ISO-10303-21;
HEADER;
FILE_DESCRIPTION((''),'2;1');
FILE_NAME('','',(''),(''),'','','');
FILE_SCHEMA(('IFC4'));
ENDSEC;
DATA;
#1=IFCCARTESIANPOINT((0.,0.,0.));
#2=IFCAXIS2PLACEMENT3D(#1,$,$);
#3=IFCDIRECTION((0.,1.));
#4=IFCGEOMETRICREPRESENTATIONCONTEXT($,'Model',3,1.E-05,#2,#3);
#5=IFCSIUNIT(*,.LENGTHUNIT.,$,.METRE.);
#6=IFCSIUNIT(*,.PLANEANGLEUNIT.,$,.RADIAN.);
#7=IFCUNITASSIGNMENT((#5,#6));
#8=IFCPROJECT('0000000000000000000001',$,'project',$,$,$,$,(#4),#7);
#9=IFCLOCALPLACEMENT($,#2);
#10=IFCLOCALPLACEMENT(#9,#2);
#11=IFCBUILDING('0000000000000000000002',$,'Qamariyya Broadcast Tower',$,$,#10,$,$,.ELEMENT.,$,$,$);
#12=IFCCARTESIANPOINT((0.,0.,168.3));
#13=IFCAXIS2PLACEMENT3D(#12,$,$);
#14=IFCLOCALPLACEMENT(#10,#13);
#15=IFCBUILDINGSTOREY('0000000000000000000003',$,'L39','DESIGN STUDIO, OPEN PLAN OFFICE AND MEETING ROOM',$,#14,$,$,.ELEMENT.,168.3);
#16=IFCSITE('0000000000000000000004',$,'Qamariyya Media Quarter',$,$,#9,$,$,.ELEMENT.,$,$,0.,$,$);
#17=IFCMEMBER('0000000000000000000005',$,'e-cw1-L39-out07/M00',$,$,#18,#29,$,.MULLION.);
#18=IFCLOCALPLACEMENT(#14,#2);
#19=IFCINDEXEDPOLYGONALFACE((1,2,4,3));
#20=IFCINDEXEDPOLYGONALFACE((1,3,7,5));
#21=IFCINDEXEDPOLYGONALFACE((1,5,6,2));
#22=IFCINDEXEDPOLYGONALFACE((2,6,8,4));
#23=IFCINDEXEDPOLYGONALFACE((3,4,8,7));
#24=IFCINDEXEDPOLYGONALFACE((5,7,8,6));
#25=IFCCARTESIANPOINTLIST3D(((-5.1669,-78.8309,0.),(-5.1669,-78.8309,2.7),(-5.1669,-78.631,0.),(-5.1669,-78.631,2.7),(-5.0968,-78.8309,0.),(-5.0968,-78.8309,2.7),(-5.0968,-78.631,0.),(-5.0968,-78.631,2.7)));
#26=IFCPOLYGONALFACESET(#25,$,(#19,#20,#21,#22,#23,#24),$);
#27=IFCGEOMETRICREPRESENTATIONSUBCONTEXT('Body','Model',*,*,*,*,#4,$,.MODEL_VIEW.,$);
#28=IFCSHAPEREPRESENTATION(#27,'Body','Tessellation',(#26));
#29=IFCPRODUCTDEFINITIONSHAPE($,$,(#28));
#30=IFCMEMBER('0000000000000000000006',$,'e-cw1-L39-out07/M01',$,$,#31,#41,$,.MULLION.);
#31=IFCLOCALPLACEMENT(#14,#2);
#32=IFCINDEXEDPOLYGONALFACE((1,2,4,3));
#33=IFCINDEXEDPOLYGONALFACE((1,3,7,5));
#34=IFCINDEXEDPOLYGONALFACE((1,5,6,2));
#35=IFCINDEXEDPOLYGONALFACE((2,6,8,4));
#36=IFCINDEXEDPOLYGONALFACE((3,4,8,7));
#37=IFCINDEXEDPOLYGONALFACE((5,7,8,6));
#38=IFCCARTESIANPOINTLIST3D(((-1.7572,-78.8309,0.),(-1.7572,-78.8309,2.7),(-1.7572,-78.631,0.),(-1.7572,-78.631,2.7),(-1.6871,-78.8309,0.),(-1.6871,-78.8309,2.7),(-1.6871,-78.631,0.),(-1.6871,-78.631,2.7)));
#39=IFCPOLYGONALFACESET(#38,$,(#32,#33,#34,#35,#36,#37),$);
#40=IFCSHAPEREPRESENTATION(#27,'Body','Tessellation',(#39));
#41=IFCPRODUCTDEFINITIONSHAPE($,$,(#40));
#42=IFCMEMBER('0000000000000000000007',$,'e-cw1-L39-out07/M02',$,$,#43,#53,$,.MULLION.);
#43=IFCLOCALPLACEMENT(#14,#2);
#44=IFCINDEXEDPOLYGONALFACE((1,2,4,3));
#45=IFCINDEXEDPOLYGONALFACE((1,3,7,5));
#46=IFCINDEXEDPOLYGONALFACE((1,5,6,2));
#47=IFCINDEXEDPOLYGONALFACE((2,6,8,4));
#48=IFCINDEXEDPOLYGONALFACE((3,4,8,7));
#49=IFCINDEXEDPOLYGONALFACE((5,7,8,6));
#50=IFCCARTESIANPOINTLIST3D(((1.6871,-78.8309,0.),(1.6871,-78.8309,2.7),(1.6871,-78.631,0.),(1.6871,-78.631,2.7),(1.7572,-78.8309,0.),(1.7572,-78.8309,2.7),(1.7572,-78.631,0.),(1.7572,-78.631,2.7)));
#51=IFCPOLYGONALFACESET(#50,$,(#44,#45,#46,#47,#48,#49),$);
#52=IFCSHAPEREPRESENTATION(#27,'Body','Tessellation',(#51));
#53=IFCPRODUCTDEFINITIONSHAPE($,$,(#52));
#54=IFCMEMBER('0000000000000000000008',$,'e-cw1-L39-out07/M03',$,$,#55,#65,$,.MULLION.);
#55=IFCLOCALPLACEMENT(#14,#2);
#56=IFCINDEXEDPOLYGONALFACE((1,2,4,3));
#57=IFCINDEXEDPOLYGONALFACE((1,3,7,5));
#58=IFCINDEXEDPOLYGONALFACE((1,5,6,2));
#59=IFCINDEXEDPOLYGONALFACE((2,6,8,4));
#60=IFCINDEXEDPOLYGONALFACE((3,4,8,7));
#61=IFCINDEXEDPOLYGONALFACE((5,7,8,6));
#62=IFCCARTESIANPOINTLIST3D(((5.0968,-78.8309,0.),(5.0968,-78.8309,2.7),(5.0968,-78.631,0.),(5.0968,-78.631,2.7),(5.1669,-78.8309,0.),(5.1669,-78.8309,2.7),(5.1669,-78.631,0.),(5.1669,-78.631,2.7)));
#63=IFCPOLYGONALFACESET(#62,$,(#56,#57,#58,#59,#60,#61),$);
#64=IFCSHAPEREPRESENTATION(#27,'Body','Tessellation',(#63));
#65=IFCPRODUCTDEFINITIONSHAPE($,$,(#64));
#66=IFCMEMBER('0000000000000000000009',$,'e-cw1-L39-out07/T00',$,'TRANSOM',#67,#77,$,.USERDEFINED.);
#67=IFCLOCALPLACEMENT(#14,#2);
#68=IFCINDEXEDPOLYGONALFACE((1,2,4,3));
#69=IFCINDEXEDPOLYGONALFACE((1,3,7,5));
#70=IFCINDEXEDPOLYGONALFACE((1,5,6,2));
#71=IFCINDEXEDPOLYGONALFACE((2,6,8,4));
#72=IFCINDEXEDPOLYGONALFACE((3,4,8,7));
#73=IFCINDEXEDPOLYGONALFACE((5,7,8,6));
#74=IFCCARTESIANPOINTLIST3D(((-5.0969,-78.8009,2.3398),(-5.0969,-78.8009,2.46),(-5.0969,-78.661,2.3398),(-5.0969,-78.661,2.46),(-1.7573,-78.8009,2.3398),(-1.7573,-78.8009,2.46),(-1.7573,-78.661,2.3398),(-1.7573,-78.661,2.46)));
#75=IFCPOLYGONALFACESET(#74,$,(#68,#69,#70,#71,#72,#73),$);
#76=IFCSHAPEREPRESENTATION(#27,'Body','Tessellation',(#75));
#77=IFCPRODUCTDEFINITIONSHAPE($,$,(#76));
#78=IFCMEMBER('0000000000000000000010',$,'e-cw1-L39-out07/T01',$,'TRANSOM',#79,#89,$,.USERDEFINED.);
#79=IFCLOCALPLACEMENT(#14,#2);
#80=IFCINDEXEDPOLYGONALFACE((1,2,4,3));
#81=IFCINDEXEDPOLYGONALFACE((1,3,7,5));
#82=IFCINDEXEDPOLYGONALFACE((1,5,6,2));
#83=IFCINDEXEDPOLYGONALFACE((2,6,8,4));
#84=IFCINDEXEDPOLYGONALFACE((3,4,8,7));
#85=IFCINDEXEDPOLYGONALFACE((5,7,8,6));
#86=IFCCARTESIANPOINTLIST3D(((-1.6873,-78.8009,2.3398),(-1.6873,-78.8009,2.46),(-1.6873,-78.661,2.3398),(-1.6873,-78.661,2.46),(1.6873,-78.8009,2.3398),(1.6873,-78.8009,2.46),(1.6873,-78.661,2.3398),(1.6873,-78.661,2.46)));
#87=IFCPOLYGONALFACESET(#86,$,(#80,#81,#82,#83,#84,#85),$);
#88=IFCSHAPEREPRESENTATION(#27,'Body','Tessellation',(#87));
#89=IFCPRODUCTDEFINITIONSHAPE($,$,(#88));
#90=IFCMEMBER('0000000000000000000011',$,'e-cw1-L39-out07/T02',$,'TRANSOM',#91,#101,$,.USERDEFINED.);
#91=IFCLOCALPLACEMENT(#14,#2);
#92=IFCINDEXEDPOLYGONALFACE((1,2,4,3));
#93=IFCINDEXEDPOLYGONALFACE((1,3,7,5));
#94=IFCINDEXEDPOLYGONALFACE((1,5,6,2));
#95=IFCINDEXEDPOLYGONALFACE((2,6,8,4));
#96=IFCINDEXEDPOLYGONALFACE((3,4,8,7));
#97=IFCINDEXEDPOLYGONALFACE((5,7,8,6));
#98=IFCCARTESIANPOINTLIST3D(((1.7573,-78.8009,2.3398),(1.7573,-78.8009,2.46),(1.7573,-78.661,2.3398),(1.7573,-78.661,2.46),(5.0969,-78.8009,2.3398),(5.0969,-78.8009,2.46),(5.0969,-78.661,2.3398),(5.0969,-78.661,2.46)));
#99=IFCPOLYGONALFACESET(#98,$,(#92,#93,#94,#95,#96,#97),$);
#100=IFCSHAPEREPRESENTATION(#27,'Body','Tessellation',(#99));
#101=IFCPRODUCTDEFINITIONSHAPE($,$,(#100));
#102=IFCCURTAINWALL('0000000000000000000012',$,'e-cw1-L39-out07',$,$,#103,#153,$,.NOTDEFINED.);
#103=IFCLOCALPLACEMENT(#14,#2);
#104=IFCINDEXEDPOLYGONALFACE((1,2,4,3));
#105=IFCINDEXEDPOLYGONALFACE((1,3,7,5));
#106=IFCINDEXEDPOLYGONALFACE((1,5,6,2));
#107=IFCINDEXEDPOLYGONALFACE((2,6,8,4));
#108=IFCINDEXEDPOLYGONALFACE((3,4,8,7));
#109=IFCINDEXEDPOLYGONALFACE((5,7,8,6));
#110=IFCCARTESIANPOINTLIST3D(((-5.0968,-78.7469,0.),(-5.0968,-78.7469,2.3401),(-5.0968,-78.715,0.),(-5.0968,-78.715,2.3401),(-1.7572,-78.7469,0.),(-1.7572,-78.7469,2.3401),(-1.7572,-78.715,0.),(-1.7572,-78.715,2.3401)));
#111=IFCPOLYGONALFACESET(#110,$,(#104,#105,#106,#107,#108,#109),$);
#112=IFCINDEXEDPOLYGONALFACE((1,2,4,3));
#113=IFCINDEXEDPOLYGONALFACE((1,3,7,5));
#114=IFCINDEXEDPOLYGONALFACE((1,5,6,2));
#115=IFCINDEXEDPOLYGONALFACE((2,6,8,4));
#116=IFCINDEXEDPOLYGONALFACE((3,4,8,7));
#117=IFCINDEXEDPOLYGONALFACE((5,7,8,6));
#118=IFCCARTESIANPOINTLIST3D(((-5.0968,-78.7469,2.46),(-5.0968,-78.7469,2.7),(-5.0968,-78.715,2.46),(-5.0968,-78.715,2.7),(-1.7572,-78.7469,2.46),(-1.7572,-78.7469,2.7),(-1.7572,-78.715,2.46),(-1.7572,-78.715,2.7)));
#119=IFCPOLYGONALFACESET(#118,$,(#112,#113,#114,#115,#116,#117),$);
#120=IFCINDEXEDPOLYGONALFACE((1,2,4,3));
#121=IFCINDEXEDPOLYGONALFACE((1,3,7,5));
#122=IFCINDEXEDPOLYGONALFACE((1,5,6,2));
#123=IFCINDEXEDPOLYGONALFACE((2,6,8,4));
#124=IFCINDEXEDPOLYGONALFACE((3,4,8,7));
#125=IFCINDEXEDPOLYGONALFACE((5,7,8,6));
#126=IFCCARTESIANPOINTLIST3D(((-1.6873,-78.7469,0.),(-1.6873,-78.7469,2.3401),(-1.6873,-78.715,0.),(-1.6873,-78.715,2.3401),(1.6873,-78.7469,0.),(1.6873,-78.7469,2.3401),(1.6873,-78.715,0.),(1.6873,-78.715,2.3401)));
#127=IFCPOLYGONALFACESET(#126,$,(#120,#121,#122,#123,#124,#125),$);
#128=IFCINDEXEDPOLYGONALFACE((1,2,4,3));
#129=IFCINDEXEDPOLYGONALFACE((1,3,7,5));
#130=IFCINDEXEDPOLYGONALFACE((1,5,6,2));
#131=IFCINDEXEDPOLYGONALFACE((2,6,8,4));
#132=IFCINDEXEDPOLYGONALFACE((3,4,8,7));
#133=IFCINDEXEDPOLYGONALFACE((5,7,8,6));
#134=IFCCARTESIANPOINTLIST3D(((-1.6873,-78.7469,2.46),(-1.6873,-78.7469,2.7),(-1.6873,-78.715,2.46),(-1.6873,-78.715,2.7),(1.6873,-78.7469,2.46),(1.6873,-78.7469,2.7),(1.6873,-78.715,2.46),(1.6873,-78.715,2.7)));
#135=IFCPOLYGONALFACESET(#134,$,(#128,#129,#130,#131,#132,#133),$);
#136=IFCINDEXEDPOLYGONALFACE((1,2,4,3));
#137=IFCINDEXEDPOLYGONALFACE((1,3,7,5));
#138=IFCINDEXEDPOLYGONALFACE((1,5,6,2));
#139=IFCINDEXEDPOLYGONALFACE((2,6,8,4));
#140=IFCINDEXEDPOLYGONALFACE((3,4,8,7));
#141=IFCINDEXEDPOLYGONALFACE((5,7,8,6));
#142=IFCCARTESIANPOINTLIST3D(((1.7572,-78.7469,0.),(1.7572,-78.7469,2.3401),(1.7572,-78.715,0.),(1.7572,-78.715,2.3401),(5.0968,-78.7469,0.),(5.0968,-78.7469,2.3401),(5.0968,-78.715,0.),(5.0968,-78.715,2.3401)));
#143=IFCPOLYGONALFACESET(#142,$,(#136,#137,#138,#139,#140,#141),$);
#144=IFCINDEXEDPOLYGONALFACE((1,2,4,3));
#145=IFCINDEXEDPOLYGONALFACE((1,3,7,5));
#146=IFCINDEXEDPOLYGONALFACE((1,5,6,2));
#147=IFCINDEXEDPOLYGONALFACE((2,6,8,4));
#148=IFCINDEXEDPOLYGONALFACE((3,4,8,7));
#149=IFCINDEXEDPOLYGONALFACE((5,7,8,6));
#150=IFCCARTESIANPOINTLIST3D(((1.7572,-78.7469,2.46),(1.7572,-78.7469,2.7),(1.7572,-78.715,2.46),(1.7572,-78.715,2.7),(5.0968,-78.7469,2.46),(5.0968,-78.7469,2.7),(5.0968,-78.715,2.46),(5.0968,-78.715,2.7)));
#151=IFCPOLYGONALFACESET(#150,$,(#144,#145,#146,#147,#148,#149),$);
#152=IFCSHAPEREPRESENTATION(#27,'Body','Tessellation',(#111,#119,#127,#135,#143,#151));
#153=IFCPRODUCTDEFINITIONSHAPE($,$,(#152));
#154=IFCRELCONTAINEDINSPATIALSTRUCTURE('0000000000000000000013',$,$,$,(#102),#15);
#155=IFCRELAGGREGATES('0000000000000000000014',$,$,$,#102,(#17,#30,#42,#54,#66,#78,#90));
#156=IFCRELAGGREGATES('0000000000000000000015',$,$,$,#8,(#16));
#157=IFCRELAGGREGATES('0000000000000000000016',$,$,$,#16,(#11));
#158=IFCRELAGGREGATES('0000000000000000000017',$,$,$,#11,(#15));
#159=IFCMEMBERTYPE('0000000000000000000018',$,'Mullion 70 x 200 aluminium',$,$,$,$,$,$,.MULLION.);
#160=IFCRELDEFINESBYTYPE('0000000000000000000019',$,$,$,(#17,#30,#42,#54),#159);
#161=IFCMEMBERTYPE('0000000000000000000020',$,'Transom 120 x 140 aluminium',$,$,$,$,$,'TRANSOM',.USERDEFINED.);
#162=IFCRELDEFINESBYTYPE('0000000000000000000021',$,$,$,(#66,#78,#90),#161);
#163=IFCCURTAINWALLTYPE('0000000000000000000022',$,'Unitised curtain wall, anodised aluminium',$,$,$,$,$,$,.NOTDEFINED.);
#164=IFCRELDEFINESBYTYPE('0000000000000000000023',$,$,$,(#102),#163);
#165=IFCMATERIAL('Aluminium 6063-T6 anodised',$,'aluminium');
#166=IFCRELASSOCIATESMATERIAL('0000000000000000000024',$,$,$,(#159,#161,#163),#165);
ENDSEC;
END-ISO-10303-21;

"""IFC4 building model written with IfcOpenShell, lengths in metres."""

from ifc_helpers import new_model, si_unit, direction, frame, origin, origin_2d, place, context, subcontext, project, spatial, rectangle, extrude, material, material_profile, profile_set, type_object, element, aggregate, save


model = new_model("IFC4")

# Units and contexts
model_context = context("Model", 3, precision=1e-05, world=origin(), true_north=direction((0.0, 1.0)))
body_context = subcontext(model_context, "Body", "Model", "MODEL_VIEW")
ifc_project = project(units=[si_unit("LENGTHUNIT", "METRE"), si_unit("PLANEANGLEUNIT", "RADIAN")], contexts=[model_context])

# Members
ifc_material = material(Name="Aluminium 6063-T6 anodised", Category="aluminium")
ifc_material_profile_1 = material_profile(ifc_material, rectangle(XDim=0.2, YDim=0.0701, at=origin_2d()))
ifc_profile_set_1 = profile_set([ifc_material_profile_1], Name="Aluminium 6063-T6 anodised")
member_type_1 = type_object("IfcMemberType", Name="Mullion 70 x 200 aluminium", PredefinedType="MULLION", material=ifc_profile_set_1)
site_placement = place(None, origin())
building_placement = place(site_placement, origin())
storey_placement = place(building_placement, frame((0.0, 0.0, 168.3)))
member_1_placement = place(storey_placement, frame((-5.1318, -78.731, 0.0), z_axis=(0.0, 0.0, 1.0), x_axis=(0.0, 1.0, 0.0)))
member_1 = element("IfcMember", 1, at=member_1_placement, type_object=member_type_1, Name="e-cw1-L39-out07/M00", PredefinedType="MULLION", context=body_context, shape_type="SweptSolid", body=[
    extrude(rectangle(XDim=0.2, YDim=0.0701, at=origin_2d()), origin(), (0.0, 0.0, 1.0), 2.7),
])
member_2_placement = place(storey_placement, frame((-1.7222, -78.731, 0.0), z_axis=(0.0, 0.0, 1.0), x_axis=(0.0, 1.0, 0.0)))
member_2 = element("IfcMember", 2, at=member_2_placement, type_object=member_type_1, Name="e-cw1-L39-out07/M01", PredefinedType="MULLION", context=body_context, shape_type="SweptSolid", body=[
    extrude(rectangle(XDim=0.2, YDim=0.0701, at=origin_2d()), origin(), (0.0, 0.0, 1.0), 2.7),
])
member_3_placement = place(storey_placement, frame((1.7222, -78.731, 0.0), z_axis=(0.0, 0.0, 1.0), x_axis=(0.0, 1.0, 0.0)))
member_3 = element("IfcMember", 3, at=member_3_placement, type_object=member_type_1, Name="e-cw1-L39-out07/M02", PredefinedType="MULLION", context=body_context, shape_type="SweptSolid", body=[
    extrude(rectangle(XDim=0.2, YDim=0.0701, at=origin_2d()), origin(), (0.0, 0.0, 1.0), 2.7),
])
member_4_placement = place(storey_placement, frame((5.1318, -78.731, 0.0), z_axis=(0.0, 0.0, 1.0), x_axis=(0.0, 1.0, 0.0)))
member_4 = element("IfcMember", 4, at=member_4_placement, type_object=member_type_1, Name="e-cw1-L39-out07/M03", PredefinedType="MULLION", context=body_context, shape_type="SweptSolid", body=[
    extrude(rectangle(XDim=0.2, YDim=0.0701, at=origin_2d()), origin(), (0.0, 0.0, 1.0), 2.7),
])
ifc_material_profile_2 = material_profile(ifc_material, rectangle(XDim=0.1399, YDim=0.1201, at=origin_2d()))
ifc_profile_set_2 = profile_set([ifc_material_profile_2], Name="Aluminium 6063-T6 anodised")
member_type_2 = type_object("IfcMemberType", Name="Transom 120 x 140 aluminium", ElementType="TRANSOM", PredefinedType="USERDEFINED", material=ifc_profile_set_2)
member_5_placement = place(storey_placement, frame((-5.0969, -78.731, 2.3999), z_axis=(1.0, 0.0, 0.0), x_axis=(0.0, 1.0, 0.0)))
member_5 = element("IfcMember", 5, at=member_5_placement, type_object=member_type_2, Name="e-cw1-L39-out07/T00", ObjectType="TRANSOM", PredefinedType="USERDEFINED", context=body_context, shape_type="SweptSolid", body=[
    extrude(rectangle(XDim=0.1399, YDim=0.1201, at=origin_2d()), origin(), (0.0, 0.0, 1.0), 3.3396),
])
member_6_placement = place(storey_placement, frame((-1.6873, -78.731, 2.3999), z_axis=(1.0, 0.0, 0.0), x_axis=(0.0, 1.0, 0.0)))
member_6 = element("IfcMember", 6, at=member_6_placement, type_object=member_type_2, Name="e-cw1-L39-out07/T01", ObjectType="TRANSOM", PredefinedType="USERDEFINED", context=body_context, shape_type="SweptSolid", body=[
    extrude(rectangle(XDim=0.1399, YDim=0.1201, at=origin_2d()), origin(), (0.0, 0.0, 1.0), 3.3745),
])
member_7_placement = place(storey_placement, frame((1.7573, -78.731, 2.3999), z_axis=(1.0, 0.0, 0.0), x_axis=(0.0, 1.0, 0.0)))
member_7 = element("IfcMember", 7, at=member_7_placement, type_object=member_type_2, Name="e-cw1-L39-out07/T02", ObjectType="TRANSOM", PredefinedType="USERDEFINED", context=body_context, shape_type="SweptSolid", body=[
    extrude(rectangle(XDim=0.1399, YDim=0.1201, at=origin_2d()), origin(), (0.0, 0.0, 1.0), 3.3396),
])

# Site, building, storey
site = spatial("IfcSite", under=ifc_project, at=site_placement, Name="Qamariyya Media Quarter", CompositionType="ELEMENT", RefElevation=0.0)
building = spatial("IfcBuilding", under=site, at=building_placement, Name="Qamariyya Broadcast Tower", CompositionType="ELEMENT")
storey = spatial("IfcBuildingStorey", under=building, at=storey_placement, Name="L39", Description="DESIGN STUDIO, OPEN PLAN OFFICE AND MEETING ROOM", CompositionType="ELEMENT", Elevation=168.3)

# Curtain wall
curtain_wall_type = type_object("IfcCurtainWallType", Name="Unitised curtain wall, anodised aluminium", PredefinedType="NOTDEFINED", material=ifc_material)
curtain_wall_1_placement = place(storey_placement, origin())
curtain_wall_1 = element("IfcCurtainWall", 8, at=curtain_wall_1_placement, inside=storey, type_object=curtain_wall_type, Name="e-cw1-L39-out07", PredefinedType="NOTDEFINED", context=body_context, shape_type="SweptSolid", body=[
    extrude(rectangle(XDim=3.3396, YDim=0.032, at=origin_2d()), frame((-3.427, -78.731, 0.0), x_axis=(1.0, 0.0, 0.0)), (0.0, 0.0, 1.0), 2.3401),
    extrude(rectangle(XDim=3.3396, YDim=0.032, at=origin_2d()), frame((-3.427, -78.731, 2.46), x_axis=(1.0, 0.0, 0.0)), (0.0, 0.0, 1.0), 0.24),
    extrude(rectangle(XDim=3.3745, YDim=0.032, at=origin_2d()), frame((0.0, -78.731, 0.0), x_axis=(1.0, 0.0, 0.0)), (0.0, 0.0, 1.0), 2.3401),
    extrude(rectangle(XDim=3.3745, YDim=0.032, at=origin_2d()), frame((0.0, -78.731, 2.46), x_axis=(1.0, 0.0, 0.0)), (0.0, 0.0, 1.0), 0.24),
    extrude(rectangle(XDim=3.3396, YDim=0.032, at=origin_2d()), frame((3.427, -78.731, 0.0), x_axis=(1.0, 0.0, 0.0)), (0.0, 0.0, 1.0), 2.3401),
    extrude(rectangle(XDim=3.3396, YDim=0.032, at=origin_2d()), frame((3.427, -78.731, 2.46), x_axis=(1.0, 0.0, 0.0)), (0.0, 0.0, 1.0), 0.24),
])
aggregate(curtain_wall_1, [member_1, member_2, member_3, member_4, member_5, member_6, member_7])

save(model, "model.ifc")
